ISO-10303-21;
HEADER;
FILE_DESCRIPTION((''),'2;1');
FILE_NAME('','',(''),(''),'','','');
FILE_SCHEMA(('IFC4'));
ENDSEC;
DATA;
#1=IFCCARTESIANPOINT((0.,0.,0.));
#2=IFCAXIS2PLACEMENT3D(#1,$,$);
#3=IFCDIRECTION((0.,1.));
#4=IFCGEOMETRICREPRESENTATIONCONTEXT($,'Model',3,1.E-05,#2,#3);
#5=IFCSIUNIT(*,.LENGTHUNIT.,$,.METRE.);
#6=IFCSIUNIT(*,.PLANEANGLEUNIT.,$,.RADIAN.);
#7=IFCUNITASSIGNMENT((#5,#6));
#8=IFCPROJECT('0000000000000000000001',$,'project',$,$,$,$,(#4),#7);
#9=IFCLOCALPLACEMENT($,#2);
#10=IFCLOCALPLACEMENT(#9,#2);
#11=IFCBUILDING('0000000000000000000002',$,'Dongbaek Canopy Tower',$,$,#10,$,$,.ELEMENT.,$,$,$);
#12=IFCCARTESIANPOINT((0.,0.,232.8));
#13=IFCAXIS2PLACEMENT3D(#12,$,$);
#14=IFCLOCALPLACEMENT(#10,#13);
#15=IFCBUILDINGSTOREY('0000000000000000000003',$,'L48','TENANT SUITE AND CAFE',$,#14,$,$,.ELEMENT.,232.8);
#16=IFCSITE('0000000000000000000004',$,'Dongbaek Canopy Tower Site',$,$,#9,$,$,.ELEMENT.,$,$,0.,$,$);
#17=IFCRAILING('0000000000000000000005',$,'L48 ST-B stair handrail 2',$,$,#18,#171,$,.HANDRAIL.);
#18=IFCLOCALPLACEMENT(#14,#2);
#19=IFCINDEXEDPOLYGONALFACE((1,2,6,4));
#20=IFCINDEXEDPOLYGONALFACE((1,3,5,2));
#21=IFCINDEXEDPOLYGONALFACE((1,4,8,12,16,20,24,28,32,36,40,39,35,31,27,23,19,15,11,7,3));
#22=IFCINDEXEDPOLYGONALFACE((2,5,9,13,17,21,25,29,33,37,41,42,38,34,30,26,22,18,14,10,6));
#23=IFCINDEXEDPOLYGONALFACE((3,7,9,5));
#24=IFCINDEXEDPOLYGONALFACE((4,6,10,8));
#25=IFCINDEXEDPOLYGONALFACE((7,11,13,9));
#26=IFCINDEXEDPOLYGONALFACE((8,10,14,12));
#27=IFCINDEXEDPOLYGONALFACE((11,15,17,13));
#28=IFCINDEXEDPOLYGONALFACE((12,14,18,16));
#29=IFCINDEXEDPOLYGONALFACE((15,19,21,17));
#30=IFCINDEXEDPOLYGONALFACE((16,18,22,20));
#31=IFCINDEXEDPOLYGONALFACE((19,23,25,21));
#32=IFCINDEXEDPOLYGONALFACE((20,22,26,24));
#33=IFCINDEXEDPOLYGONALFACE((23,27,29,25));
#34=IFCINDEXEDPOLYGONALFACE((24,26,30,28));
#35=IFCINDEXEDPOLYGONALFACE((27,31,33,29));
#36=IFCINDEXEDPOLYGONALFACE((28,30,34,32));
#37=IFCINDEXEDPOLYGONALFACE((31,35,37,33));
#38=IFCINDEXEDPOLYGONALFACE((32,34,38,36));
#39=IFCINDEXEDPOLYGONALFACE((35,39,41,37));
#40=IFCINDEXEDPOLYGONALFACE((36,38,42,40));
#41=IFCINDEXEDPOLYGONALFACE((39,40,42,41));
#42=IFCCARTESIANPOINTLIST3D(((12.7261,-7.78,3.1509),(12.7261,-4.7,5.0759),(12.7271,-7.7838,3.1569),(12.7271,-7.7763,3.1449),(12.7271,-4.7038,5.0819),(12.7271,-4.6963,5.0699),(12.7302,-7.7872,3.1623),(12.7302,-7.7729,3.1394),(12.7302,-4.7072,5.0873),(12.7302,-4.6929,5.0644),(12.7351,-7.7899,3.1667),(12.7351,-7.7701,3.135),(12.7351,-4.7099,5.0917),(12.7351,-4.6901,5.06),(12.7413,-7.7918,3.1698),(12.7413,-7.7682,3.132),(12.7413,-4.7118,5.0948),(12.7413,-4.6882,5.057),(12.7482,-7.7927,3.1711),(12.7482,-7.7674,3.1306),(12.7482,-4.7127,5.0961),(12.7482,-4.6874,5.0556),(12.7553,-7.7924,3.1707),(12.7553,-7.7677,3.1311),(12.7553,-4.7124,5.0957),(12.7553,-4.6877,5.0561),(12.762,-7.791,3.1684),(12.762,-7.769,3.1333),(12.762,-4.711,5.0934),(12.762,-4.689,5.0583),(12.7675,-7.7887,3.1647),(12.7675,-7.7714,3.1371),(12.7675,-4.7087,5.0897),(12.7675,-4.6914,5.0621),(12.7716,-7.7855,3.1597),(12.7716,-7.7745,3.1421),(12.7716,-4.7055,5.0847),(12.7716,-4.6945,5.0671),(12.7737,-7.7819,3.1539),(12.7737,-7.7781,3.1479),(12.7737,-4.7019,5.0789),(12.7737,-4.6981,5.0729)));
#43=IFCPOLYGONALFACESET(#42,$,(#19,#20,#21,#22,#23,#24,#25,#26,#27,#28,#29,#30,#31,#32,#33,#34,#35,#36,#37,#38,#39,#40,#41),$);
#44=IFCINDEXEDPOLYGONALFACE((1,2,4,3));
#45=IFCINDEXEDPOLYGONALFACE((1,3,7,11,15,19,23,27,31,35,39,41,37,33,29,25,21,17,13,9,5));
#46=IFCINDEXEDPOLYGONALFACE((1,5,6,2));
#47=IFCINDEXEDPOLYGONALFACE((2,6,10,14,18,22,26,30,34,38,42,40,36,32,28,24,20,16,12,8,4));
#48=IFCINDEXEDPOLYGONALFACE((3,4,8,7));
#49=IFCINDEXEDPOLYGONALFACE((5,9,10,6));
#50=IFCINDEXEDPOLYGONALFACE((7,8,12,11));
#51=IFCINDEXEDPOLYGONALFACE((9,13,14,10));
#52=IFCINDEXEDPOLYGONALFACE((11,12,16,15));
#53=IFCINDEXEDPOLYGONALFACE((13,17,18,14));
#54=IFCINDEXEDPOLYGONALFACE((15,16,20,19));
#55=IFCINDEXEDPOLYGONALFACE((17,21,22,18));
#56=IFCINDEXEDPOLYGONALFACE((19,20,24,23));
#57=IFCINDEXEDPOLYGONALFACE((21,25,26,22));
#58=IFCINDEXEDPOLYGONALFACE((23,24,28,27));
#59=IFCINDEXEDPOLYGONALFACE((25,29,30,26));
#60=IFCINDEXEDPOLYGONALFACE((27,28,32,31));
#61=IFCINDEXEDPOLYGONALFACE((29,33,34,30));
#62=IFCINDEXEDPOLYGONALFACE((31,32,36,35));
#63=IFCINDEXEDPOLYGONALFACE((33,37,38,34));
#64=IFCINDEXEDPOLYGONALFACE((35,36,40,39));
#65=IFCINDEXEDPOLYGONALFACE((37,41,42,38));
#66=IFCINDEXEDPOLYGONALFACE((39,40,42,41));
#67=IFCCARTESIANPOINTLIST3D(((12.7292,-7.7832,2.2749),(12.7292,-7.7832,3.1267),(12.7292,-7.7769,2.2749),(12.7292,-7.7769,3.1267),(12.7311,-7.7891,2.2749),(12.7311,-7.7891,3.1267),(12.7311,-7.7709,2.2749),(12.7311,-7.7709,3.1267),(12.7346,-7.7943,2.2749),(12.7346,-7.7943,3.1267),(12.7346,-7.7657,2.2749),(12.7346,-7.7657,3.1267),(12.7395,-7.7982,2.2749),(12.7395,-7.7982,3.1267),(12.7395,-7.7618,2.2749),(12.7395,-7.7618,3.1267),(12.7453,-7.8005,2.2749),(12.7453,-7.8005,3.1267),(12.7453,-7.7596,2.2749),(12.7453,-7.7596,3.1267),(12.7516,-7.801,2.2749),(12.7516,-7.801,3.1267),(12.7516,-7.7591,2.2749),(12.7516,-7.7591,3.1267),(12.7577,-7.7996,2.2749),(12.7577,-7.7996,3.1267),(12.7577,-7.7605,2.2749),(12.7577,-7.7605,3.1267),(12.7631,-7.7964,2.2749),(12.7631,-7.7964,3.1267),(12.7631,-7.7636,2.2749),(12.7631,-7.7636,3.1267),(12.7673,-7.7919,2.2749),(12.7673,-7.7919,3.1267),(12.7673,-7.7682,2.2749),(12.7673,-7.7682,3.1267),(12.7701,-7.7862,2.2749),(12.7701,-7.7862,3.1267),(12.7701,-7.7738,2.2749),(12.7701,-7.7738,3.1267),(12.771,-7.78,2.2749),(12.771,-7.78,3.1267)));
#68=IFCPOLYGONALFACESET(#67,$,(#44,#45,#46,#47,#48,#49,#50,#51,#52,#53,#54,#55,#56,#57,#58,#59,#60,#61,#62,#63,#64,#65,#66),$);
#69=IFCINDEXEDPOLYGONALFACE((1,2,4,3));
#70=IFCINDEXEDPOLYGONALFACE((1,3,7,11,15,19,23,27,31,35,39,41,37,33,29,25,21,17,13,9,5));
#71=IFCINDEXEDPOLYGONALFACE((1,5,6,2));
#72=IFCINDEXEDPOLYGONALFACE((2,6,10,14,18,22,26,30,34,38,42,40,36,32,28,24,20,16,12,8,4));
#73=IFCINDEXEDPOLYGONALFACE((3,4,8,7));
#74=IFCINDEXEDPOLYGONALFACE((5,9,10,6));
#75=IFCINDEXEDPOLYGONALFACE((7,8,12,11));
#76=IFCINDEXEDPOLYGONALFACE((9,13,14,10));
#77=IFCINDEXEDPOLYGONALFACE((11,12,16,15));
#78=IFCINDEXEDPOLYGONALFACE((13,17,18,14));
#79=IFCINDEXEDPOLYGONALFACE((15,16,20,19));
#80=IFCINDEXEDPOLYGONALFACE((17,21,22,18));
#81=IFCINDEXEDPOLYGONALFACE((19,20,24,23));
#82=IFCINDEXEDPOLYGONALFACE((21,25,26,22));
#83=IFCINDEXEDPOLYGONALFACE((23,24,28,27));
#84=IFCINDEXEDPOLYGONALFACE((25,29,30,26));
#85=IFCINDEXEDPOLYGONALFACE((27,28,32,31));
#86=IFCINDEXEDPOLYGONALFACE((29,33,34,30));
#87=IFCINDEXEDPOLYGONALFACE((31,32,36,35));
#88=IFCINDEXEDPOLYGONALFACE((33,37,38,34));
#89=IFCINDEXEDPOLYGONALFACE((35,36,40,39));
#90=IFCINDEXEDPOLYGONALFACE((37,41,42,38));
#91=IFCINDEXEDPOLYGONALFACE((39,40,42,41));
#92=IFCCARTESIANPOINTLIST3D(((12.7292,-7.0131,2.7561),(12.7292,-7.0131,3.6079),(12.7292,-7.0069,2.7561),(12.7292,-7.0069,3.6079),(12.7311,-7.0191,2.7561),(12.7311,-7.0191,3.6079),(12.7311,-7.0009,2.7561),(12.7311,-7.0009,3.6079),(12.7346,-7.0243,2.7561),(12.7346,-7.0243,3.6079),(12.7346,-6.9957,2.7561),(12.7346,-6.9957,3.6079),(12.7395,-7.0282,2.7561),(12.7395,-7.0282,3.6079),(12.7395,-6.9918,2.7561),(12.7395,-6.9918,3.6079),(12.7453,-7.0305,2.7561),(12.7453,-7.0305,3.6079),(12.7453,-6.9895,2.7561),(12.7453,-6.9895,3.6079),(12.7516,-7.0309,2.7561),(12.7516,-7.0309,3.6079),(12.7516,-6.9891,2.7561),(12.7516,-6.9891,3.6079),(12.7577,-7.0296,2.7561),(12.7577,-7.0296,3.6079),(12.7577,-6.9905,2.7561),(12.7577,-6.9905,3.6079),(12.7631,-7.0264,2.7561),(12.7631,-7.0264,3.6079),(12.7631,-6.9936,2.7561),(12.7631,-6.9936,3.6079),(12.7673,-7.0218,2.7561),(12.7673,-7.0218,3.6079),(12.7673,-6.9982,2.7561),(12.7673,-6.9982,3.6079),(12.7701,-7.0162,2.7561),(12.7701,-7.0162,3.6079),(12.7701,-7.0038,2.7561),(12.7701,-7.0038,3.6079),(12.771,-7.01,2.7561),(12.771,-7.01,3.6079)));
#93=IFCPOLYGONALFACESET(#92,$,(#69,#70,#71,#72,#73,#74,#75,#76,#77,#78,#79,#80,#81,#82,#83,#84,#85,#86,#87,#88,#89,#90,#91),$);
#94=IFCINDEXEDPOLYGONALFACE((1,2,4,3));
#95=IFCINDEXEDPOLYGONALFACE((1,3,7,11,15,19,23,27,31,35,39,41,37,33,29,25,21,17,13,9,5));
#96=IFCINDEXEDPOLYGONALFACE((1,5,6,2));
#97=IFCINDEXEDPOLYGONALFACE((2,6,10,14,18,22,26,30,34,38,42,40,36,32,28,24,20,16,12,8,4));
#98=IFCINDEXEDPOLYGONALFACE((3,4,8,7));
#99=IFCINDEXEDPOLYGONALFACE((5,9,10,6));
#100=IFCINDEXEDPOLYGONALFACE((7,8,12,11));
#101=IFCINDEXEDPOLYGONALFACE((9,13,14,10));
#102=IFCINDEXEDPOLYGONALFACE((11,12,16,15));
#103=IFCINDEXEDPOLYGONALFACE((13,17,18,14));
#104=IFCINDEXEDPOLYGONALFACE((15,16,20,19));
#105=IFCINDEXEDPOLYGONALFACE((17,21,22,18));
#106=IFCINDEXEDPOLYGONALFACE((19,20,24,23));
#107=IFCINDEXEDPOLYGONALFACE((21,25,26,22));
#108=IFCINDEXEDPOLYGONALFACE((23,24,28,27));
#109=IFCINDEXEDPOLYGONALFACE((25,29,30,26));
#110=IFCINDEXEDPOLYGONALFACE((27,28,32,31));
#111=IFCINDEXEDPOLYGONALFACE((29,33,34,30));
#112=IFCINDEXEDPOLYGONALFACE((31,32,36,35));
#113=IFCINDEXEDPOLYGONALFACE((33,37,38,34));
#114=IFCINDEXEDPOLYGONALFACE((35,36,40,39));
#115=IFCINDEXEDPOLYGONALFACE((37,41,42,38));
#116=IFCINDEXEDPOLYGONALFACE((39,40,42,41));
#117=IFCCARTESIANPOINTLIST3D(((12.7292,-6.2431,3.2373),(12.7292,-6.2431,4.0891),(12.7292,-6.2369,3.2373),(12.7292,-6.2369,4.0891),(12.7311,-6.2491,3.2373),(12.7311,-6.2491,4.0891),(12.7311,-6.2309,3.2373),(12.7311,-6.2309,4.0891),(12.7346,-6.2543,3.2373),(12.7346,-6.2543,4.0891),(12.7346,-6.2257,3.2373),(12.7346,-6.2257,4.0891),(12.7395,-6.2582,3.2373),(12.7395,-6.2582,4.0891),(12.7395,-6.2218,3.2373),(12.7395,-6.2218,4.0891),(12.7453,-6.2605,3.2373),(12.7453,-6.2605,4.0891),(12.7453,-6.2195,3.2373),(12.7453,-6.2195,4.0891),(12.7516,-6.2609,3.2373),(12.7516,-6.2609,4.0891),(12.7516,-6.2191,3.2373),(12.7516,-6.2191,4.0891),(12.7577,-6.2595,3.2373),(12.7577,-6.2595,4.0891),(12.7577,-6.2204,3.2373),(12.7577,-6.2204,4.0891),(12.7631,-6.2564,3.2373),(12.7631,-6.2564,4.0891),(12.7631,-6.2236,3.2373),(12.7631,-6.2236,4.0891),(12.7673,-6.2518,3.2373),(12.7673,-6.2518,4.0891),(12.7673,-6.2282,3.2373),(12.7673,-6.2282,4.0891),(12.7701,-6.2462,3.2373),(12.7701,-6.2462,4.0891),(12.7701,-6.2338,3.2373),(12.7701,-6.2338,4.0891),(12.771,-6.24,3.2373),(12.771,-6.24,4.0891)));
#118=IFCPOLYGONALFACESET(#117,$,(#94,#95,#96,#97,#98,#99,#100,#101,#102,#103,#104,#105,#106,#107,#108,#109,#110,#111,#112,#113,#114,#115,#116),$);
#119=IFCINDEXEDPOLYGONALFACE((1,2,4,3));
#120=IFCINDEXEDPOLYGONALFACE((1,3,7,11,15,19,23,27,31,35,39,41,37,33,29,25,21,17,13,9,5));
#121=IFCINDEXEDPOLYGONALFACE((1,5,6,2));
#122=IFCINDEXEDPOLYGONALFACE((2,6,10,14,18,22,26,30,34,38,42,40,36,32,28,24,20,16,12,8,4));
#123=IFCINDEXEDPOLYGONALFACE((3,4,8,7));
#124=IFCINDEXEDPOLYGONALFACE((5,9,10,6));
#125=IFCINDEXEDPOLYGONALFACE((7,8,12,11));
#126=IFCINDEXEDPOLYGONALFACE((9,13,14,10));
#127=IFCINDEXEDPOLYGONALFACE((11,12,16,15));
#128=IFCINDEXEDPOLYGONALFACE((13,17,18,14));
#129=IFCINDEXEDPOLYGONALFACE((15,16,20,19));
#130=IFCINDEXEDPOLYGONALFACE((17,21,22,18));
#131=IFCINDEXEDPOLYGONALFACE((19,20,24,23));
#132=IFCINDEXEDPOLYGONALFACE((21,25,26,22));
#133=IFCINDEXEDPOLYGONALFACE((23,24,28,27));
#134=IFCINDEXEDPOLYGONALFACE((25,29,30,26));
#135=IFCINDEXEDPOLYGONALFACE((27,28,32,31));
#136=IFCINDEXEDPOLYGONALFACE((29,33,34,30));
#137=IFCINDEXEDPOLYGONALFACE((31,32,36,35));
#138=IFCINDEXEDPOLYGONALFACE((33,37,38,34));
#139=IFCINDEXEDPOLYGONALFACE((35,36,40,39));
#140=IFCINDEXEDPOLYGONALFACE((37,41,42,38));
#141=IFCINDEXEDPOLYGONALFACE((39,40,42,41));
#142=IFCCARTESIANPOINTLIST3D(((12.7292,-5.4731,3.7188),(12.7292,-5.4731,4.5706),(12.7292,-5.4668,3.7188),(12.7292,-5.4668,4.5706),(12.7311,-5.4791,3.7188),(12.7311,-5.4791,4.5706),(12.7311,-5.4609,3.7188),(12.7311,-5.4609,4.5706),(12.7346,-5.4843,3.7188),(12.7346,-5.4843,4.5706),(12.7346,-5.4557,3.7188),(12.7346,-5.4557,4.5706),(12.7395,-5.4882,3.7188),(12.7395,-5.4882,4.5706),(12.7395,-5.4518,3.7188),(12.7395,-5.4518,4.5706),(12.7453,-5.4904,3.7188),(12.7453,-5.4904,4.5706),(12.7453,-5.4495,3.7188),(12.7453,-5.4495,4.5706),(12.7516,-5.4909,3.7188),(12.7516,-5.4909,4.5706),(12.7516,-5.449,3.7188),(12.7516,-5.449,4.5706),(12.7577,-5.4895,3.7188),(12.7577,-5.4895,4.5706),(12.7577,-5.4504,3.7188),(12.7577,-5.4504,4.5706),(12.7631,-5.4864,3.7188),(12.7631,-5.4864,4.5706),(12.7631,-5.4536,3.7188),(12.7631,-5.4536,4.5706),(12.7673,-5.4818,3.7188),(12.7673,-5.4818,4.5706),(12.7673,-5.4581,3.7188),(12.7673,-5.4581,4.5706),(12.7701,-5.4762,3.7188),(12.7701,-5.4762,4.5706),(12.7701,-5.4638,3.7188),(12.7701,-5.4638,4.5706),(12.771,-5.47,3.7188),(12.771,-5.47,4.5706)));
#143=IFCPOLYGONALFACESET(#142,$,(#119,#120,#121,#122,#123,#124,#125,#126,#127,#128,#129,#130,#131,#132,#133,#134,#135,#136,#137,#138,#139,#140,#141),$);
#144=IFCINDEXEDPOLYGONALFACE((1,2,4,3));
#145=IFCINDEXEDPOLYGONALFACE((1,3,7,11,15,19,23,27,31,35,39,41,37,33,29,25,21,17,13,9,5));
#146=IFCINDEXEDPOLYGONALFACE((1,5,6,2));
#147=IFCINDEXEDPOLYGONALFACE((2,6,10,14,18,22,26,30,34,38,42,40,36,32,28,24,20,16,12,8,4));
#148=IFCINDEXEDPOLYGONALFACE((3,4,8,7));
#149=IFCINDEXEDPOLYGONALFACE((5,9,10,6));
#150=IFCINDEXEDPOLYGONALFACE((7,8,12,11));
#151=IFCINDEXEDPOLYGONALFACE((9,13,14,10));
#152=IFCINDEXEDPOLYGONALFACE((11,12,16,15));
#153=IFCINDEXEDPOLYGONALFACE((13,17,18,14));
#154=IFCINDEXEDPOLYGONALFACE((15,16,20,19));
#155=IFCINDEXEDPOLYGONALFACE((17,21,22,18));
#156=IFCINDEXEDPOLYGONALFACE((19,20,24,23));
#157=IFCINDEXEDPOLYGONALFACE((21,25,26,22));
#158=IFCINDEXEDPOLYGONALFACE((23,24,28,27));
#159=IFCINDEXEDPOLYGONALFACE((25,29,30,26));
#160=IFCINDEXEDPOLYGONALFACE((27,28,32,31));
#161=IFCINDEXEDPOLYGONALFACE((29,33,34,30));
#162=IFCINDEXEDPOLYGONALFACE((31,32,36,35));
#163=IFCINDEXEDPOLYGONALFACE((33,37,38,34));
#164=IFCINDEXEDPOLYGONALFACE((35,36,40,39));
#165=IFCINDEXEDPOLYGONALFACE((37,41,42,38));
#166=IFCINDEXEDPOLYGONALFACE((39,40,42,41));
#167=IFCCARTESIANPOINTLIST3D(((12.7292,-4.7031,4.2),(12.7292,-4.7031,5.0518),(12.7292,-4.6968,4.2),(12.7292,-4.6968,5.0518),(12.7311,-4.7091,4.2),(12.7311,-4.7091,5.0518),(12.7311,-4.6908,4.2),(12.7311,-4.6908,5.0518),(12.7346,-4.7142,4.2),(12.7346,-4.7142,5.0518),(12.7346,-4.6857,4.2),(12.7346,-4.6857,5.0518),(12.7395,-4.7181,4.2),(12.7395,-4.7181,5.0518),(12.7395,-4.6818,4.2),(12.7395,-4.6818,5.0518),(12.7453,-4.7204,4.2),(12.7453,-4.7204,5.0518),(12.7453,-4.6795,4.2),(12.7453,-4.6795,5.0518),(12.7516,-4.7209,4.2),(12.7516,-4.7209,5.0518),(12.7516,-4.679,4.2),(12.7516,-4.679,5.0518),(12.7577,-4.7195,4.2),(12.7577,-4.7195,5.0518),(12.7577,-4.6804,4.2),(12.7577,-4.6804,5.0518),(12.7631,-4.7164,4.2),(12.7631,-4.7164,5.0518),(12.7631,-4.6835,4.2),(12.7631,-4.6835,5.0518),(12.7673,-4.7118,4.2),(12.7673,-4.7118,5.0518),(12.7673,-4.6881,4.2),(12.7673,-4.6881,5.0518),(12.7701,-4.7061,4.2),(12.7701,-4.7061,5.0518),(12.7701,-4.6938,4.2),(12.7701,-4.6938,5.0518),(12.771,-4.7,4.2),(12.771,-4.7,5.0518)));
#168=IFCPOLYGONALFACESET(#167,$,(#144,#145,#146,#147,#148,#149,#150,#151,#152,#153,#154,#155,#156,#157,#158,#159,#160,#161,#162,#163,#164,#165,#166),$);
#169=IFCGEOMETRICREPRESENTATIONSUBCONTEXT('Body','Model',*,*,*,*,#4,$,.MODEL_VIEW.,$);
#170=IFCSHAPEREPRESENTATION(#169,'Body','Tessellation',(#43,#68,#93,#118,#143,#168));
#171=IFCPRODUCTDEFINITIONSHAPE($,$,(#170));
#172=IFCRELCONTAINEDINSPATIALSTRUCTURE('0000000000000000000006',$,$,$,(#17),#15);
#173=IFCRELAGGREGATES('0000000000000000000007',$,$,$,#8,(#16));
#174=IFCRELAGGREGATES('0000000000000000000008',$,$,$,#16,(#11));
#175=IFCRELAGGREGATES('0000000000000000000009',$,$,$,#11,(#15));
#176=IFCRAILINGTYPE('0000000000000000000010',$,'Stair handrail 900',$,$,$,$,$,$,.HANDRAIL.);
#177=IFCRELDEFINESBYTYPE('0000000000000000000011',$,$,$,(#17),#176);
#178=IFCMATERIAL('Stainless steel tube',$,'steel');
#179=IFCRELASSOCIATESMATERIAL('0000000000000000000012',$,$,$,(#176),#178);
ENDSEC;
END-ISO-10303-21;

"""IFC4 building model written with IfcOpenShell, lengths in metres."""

from ifc_helpers import new_model, si_unit, direction, frame, origin, origin_2d, place, context, subcontext, project, spatial, circle, extrude, material, type_object, element, save


model = new_model("IFC4")

# Units and contexts
model_context = context("Model", 3, precision=1e-05, world=origin(), true_north=direction((0.0, 1.0)))
body_context = subcontext(model_context, "Body", "Model", "MODEL_VIEW")
ifc_project = project(units=[si_unit("LENGTHUNIT", "METRE"), si_unit("PLANEANGLEUNIT", "RADIAN")], contexts=[model_context])

# Site, building, storey
site_placement = place(None, origin())
site = spatial("IfcSite", under=ifc_project, at=site_placement, Name="Dongbaek Canopy Tower Site", CompositionType="ELEMENT", RefElevation=0.0)
building_placement = place(site_placement, origin())
building = spatial("IfcBuilding", under=site, at=building_placement, Name="Dongbaek Canopy Tower", CompositionType="ELEMENT")
storey_placement = place(building_placement, frame((0.0, 0.0, 232.8)))
storey = spatial("IfcBuildingStorey", under=building, at=storey_placement, Name="L48", Description="TENANT SUITE AND CAFE", CompositionType="ELEMENT", Elevation=232.8)

# Railing
ifc_material_1 = material(Name="Stainless steel tube", Category="steel")
railing_type_1 = type_object("IfcRailingType", Name="Stair handrail 900", PredefinedType="HANDRAIL", material=ifc_material_1)
railing_1_placement = place(storey_placement, frame((12.75, -7.78, 2.2749)))
element("IfcRailing", 1, at=railing_1_placement, inside=storey, type_object=railing_type_1, Name="L48 ST-B stair handrail 2", PredefinedType="HANDRAIL", context=body_context, shape_type="SweptSolid", body=[
    extrude(circle(Radius=0.0239, at=origin_2d()), frame((0.0, 0.0, 0.876), z_axis=(0.0, 0.847998, 0.529999), x_axis=(-1.0, 0.0, 0.0)), (0.0, 0.0, 1.0), 3.6321),
    extrude(circle(Radius=0.021, at=origin_2d()), origin(), (0.0, 0.0, 1.0), 0.8518),
    extrude(circle(Radius=0.021, at=origin_2d()), frame((0.0, 0.77, 0.4812)), (0.0, 0.0, 1.0), 0.8518),
    extrude(circle(Radius=0.021, at=origin_2d()), frame((0.0, 1.54, 0.9624)), (0.0, 0.0, 1.0), 0.8518),
    extrude(circle(Radius=0.021, at=origin_2d()), frame((0.0, 2.3101, 1.4438)), (0.0, 0.0, 1.0), 0.8518),
    extrude(circle(Radius=0.021, at=origin_2d()), frame((0.0, 3.0801, 1.925)), (0.0, 0.0, 1.0), 0.8518),
])

save(model, "model.ifc")
